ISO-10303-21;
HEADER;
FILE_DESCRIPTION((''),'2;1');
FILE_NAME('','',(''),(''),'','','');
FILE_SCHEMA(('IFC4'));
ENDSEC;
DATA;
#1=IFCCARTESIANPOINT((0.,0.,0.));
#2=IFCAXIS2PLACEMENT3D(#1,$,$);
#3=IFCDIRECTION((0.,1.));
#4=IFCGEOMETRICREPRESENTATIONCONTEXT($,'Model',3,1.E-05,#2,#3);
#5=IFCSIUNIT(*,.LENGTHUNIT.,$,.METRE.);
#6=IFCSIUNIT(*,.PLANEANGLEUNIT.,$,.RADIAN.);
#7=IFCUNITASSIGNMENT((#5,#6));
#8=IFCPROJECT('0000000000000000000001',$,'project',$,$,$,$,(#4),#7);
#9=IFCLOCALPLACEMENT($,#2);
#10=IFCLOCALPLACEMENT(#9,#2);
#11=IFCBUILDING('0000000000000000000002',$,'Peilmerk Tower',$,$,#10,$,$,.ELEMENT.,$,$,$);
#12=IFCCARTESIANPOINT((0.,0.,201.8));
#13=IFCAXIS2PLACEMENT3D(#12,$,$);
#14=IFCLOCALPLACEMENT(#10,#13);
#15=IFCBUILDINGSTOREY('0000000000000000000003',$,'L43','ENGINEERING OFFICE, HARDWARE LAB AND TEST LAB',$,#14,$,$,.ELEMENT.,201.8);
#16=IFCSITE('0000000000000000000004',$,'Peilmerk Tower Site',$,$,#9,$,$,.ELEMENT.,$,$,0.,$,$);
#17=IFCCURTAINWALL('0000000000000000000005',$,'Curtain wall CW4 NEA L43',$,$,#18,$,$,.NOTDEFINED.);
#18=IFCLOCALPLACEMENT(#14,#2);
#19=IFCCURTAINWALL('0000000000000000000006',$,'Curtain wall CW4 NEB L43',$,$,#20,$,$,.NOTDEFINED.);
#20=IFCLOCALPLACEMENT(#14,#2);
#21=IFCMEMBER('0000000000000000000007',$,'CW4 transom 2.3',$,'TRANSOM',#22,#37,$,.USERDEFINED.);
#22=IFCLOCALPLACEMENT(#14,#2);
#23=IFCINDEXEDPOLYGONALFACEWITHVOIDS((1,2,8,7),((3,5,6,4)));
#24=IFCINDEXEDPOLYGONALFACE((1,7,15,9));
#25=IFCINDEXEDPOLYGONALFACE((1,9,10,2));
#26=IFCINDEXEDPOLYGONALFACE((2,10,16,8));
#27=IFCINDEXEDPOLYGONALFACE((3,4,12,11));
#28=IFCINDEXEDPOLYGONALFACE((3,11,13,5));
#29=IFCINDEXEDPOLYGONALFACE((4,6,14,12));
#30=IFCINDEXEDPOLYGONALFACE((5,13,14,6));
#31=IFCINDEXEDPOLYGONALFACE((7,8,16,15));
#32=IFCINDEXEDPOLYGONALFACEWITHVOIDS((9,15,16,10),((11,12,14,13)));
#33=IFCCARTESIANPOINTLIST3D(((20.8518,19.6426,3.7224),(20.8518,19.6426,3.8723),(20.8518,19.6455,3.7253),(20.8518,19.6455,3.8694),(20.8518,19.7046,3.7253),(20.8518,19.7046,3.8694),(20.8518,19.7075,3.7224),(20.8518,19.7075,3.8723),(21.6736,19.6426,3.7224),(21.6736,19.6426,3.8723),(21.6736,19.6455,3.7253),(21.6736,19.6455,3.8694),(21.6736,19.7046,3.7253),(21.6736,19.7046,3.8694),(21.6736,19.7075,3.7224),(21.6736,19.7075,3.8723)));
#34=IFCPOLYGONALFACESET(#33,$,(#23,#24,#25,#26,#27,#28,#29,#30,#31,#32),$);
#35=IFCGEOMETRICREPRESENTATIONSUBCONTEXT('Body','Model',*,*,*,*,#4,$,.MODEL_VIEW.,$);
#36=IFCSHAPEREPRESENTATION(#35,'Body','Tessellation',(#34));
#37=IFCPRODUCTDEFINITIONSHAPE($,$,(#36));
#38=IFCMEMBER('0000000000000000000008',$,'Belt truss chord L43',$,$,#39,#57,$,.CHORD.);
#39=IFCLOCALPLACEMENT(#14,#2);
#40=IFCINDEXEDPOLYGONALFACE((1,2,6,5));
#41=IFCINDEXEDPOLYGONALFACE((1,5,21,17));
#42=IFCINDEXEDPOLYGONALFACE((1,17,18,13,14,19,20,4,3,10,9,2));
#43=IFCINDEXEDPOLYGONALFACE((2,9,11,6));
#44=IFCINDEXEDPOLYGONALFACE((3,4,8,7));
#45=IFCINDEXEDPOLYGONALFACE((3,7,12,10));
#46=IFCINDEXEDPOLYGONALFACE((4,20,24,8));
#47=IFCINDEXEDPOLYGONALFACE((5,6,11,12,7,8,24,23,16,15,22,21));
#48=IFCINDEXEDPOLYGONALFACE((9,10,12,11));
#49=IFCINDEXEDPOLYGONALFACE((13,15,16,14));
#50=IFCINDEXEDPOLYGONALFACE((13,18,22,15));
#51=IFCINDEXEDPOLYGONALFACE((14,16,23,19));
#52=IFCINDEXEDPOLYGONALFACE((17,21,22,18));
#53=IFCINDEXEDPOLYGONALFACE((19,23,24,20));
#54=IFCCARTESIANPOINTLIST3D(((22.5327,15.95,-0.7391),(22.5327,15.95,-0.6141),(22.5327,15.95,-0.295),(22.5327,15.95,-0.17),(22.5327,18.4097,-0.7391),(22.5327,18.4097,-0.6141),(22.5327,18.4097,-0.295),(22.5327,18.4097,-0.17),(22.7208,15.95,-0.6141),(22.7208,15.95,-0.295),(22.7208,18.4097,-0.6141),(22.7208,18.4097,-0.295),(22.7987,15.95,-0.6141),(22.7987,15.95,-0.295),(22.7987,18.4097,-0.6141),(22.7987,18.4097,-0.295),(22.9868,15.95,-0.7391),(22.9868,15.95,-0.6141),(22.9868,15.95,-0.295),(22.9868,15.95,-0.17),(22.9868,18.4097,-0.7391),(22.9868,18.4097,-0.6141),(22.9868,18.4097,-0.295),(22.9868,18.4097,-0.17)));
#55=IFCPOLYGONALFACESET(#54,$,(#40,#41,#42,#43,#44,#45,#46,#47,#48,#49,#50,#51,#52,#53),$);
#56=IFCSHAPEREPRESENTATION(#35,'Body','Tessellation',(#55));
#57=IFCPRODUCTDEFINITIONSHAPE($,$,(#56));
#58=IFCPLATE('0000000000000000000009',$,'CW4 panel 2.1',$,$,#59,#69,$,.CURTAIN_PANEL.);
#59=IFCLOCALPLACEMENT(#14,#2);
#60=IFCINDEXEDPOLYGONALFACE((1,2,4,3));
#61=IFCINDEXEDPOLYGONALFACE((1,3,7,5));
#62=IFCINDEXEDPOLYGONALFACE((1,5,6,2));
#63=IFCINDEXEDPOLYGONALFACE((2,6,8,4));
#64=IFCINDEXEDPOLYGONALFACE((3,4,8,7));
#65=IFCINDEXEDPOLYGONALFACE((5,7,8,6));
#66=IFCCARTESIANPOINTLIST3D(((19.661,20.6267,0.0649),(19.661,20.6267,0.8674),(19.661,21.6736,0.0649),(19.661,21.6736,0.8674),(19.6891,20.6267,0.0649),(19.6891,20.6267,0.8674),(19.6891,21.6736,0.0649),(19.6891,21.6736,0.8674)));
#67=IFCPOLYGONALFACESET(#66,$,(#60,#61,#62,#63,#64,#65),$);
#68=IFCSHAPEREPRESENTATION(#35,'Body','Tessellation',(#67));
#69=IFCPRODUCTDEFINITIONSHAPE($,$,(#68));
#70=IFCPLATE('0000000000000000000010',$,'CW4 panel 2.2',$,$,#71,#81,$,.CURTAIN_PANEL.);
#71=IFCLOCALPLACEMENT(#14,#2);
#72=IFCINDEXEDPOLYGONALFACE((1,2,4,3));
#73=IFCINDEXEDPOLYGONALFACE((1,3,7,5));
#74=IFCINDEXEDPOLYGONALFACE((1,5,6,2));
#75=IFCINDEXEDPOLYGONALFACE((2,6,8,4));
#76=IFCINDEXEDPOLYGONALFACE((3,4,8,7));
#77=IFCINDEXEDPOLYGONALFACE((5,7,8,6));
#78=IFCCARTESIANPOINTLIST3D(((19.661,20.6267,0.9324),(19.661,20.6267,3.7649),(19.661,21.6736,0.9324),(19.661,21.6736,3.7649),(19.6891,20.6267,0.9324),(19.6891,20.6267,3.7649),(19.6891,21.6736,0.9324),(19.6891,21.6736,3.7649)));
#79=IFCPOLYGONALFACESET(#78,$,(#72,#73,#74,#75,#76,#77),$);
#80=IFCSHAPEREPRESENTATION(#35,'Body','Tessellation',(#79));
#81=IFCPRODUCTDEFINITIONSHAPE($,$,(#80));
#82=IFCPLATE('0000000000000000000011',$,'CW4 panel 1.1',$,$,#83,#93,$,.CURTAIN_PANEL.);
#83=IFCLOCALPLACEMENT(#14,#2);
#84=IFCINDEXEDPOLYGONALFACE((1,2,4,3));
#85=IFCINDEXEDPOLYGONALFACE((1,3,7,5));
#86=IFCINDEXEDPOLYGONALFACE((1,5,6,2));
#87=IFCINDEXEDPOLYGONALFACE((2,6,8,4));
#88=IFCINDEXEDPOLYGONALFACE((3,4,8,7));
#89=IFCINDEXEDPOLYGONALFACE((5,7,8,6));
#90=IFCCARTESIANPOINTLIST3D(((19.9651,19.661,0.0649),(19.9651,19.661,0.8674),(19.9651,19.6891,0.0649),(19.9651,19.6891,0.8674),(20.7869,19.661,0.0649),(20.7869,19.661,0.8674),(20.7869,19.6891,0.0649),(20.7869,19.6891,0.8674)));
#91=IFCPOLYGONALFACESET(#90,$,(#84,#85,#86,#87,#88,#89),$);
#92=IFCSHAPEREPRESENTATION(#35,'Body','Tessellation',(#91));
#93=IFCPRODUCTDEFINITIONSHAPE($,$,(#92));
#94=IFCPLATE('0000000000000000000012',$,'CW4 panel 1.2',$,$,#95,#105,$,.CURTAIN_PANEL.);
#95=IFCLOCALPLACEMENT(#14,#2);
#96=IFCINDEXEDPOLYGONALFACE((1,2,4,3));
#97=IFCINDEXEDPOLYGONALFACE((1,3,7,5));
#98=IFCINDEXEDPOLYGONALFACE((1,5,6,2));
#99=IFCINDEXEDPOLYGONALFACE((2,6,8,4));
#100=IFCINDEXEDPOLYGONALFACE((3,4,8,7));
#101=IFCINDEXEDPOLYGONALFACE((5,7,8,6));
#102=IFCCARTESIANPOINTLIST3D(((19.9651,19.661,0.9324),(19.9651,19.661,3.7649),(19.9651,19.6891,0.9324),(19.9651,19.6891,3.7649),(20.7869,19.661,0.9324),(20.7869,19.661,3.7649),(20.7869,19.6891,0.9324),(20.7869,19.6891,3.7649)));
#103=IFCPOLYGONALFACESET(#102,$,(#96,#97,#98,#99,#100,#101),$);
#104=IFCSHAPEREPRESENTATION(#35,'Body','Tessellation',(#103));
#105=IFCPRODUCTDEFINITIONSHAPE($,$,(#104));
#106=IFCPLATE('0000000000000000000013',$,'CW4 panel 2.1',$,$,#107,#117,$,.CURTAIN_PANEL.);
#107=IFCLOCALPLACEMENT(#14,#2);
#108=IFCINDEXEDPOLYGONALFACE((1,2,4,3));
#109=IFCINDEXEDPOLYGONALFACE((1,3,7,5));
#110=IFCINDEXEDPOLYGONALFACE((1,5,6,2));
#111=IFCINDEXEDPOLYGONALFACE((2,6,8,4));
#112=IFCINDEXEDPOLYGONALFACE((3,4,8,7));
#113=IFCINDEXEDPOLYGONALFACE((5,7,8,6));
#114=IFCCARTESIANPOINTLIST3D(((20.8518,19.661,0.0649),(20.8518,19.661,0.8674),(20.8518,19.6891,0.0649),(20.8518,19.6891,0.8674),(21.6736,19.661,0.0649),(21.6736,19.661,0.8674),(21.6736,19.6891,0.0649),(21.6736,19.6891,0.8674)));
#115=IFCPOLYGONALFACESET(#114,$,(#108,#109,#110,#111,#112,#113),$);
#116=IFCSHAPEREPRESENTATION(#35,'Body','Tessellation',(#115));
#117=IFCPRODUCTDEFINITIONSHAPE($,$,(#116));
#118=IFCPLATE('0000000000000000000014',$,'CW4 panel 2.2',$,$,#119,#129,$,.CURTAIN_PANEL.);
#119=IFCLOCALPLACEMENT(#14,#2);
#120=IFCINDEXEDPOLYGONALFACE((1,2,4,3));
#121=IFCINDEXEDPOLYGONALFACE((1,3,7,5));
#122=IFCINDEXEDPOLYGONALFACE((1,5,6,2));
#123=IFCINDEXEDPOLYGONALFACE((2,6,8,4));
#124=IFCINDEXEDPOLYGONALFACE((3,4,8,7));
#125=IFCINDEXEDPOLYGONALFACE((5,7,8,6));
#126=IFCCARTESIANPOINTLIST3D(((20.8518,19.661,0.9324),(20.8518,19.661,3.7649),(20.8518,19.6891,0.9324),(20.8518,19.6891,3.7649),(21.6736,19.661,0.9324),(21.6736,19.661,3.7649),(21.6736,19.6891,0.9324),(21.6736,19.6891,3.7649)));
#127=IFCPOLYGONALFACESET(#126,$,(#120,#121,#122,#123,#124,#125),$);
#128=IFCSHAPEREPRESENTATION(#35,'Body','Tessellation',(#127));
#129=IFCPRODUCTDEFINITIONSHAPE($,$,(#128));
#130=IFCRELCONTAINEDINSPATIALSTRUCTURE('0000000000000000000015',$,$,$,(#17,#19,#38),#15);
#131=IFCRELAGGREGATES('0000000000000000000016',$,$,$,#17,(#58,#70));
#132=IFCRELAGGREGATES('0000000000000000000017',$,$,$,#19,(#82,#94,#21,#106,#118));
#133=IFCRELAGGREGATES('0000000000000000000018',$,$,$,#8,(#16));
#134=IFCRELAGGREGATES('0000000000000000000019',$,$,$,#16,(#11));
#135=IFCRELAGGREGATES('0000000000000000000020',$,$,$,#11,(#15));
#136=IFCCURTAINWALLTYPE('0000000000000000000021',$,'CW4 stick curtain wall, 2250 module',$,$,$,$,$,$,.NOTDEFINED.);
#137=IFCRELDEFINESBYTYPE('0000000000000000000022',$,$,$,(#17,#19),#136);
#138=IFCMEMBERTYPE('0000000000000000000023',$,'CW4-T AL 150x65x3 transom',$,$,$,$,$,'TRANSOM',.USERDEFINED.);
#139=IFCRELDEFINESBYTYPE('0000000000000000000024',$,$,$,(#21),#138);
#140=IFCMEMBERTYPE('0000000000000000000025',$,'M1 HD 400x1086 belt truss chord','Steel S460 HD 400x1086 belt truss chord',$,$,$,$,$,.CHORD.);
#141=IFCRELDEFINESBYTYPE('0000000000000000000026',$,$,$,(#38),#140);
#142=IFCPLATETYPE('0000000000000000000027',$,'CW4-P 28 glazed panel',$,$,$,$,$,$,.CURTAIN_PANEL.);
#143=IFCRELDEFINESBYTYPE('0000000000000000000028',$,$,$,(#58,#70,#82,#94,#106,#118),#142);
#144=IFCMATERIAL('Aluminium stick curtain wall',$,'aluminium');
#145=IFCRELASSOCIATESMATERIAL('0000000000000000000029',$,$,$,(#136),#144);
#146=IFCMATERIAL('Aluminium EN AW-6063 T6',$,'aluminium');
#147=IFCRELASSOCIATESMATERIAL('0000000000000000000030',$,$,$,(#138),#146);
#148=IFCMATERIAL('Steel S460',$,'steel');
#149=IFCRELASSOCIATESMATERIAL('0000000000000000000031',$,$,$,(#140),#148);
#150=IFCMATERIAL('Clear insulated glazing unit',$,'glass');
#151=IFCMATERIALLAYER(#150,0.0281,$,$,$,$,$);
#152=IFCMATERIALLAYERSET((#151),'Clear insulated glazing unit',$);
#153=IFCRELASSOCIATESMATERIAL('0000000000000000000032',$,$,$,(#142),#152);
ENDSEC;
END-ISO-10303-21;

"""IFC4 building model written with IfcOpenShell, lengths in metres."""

from ifc_helpers import new_model, si_unit, direction, frame, origin, origin_2d, place, context, subcontext, project, spatial, rectangle, hollow_rectangle, i_section, extrude, material, layer, layer_set, material_profile, profile_set, type_object, element, aggregate, save


model = new_model("IFC4")

# Units and contexts
model_context = context("Model", 3, precision=1e-05, world=origin(), true_north=direction((0.0, 1.0)))
body_context = subcontext(model_context, "Body", "Model", "MODEL_VIEW")
ifc_project = project(units=[si_unit("LENGTHUNIT", "METRE"), si_unit("PLANEANGLEUNIT", "RADIAN")], contexts=[model_context])

# Site, building, storey
site_placement = place(None, origin())
site = spatial("IfcSite", under=ifc_project, at=site_placement, Name="Peilmerk Tower Site", CompositionType="ELEMENT", RefElevation=0.0)
building_placement = place(site_placement, origin())
building = spatial("IfcBuilding", under=site, at=building_placement, Name="Peilmerk Tower", CompositionType="ELEMENT")
storey_placement = place(building_placement, frame((0.0, 0.0, 201.8)))
storey = spatial("IfcBuildingStorey", under=building, at=storey_placement, Name="L43", Description="ENGINEERING OFFICE, HARDWARE LAB AND TEST LAB", CompositionType="ELEMENT", Elevation=201.8)

# Curtain wall
ifc_material_1 = material(Name="Aluminium stick curtain wall", Category="aluminium")
curtain_wall_type = type_object("IfcCurtainWallType", Name="CW4 stick curtain wall, 2250 module", PredefinedType="NOTDEFINED", material=ifc_material_1)
curtain_wall_1_placement = place(storey_placement, origin())
curtain_wall_1 = element("IfcCurtainWall", 1, at=curtain_wall_1_placement, inside=storey, type_object=curtain_wall_type, Name="Curtain wall CW4 NEA L43", PredefinedType="NOTDEFINED")
ifc_material_2 = material(Name="Aluminium EN AW-6063 T6", Category="aluminium")

# Curtain wall
curtain_wall_2_placement = place(storey_placement, origin())
curtain_wall_2 = element("IfcCurtainWall", 2, at=curtain_wall_2_placement, inside=storey, type_object=curtain_wall_type, Name="Curtain wall CW4 NEB L43", PredefinedType="NOTDEFINED")

# Members
ifc_material_profile_1 = material_profile(ifc_material_2, hollow_rectangle(XDim=0.0649, YDim=0.1499, WallThickness=0.0029, at=origin_2d()), Name="AL 150x65x3")
ifc_profile_set_1 = profile_set([ifc_material_profile_1], Name="Aluminium EN AW-6063 T6")
member_type_1 = type_object("IfcMemberType", Name="CW4-T AL 150x65x3 transom", ElementType="TRANSOM", PredefinedType="USERDEFINED", material=ifc_profile_set_1)
member_1_placement = place(storey_placement, frame((20.8518, 19.675, 3.7974), z_axis=(1.0, 0.0, 0.0), x_axis=(0.0, 1.0, 0.0)))
member_1 = element("IfcMember", 3, at=member_1_placement, type_object=member_type_1, Name="CW4 transom 2.3", ObjectType="TRANSOM", PredefinedType="USERDEFINED", context=body_context, shape_type="SweptSolid", body=[
    extrude(hollow_rectangle(XDim=0.0649, YDim=0.1499, WallThickness=0.0029, at=origin_2d()), origin(), (0.0, 0.0, 1.0), 0.8218),
])
ifc_material_3 = material(Name="Steel S460", Category="steel")
ifc_material_profile_2 = material_profile(ifc_material_3, i_section(OverallWidth=0.4541, OverallDepth=0.5691, WebThickness=0.0779, FlangeThickness=0.125, at=origin_2d()), Name="HD 400x1086")
ifc_profile_set_2 = profile_set([ifc_material_profile_2], Name="Steel S460")
member_type_2 = type_object("IfcMemberType", Name="M1 HD 400x1086 belt truss chord", Description="Steel S460 HD 400x1086 belt truss chord", PredefinedType="CHORD", material=ifc_profile_set_2)
member_2_placement = place(storey_placement, frame((22.7598, 15.95, -0.4546), z_axis=(0.0, 1.0, 0.0), x_axis=(-1.0, 0.0, 0.0)))
element("IfcMember", 4, at=member_2_placement, inside=storey, type_object=member_type_2, Name="Belt truss chord L43", PredefinedType="CHORD", context=body_context, shape_type="SweptSolid", body=[
    extrude(i_section(OverallWidth=0.4541, OverallDepth=0.5691, WebThickness=0.0779, FlangeThickness=0.125, at=origin_2d()), origin(), (0.0, 0.0, 1.0), 2.4597),
])

# Plates
ifc_material_4 = material(Name="Clear insulated glazing unit", Category="glass")
ifc_layer_1 = layer(ifc_material_4, 0.0281)
ifc_layer_set_1 = layer_set([ifc_layer_1], Name="Clear insulated glazing unit")
plate_type = type_object("IfcPlateType", Name="CW4-P 28 glazed panel", PredefinedType="CURTAIN_PANEL", material=ifc_layer_set_1)
plate_1_placement = place(storey_placement, frame((19.675, 21.1501, 0.0649), z_axis=(0.0, 0.0, 1.0), x_axis=(0.0, 1.0, 0.0)))
plate_1 = element("IfcPlate", 5, at=plate_1_placement, type_object=plate_type, Name="CW4 panel 2.1", PredefinedType="CURTAIN_PANEL", context=body_context, shape_type="SweptSolid", body=[
    extrude(rectangle(XDim=1.0469, YDim=0.0281, at=origin_2d()), origin(), (0.0, 0.0, 1.0), 0.8025),
])
plate_2_placement = place(storey_placement, frame((19.675, 21.1501, 0.9324), z_axis=(0.0, 0.0, 1.0), x_axis=(0.0, 1.0, 0.0)))
plate_2 = element("IfcPlate", 6, at=plate_2_placement, type_object=plate_type, Name="CW4 panel 2.2", PredefinedType="CURTAIN_PANEL", context=body_context, shape_type="SweptSolid", body=[
    extrude(rectangle(XDim=1.0469, YDim=0.0281, at=origin_2d()), origin(), (0.0, 0.0, 1.0), 2.8325),
])
aggregate(curtain_wall_1, [plate_1, plate_2])
plate_3_placement = place(storey_placement, frame((20.376, 19.675, 0.0649), z_axis=(0.0, 0.0, 1.0), x_axis=(1.0, 0.0, 0.0)))
plate_3 = element("IfcPlate", 7, at=plate_3_placement, type_object=plate_type, Name="CW4 panel 1.1", PredefinedType="CURTAIN_PANEL", context=body_context, shape_type="SweptSolid", body=[
    extrude(rectangle(XDim=0.8218, YDim=0.0281, at=origin_2d()), origin(), (0.0, 0.0, 1.0), 0.8025),
])
plate_4_placement = place(storey_placement, frame((20.376, 19.675, 0.9324), z_axis=(0.0, 0.0, 1.0), x_axis=(1.0, 0.0, 0.0)))
plate_4 = element("IfcPlate", 8, at=plate_4_placement, type_object=plate_type, Name="CW4 panel 1.2", PredefinedType="CURTAIN_PANEL", context=body_context, shape_type="SweptSolid", body=[
    extrude(rectangle(XDim=0.8218, YDim=0.0281, at=origin_2d()), origin(), (0.0, 0.0, 1.0), 2.8325),
])
plate_5_placement = place(storey_placement, frame((21.2627, 19.675, 0.0649), z_axis=(0.0, 0.0, 1.0), x_axis=(1.0, 0.0, 0.0)))
plate_5 = element("IfcPlate", 9, at=plate_5_placement, type_object=plate_type, Name="CW4 panel 2.1", PredefinedType="CURTAIN_PANEL", context=body_context, shape_type="SweptSolid", body=[
    extrude(rectangle(XDim=0.8218, YDim=0.0281, at=origin_2d()), origin(), (0.0, 0.0, 1.0), 0.8025),
])
plate_6_placement = place(storey_placement, frame((21.2627, 19.675, 0.9324), z_axis=(0.0, 0.0, 1.0), x_axis=(1.0, 0.0, 0.0)))
plate_6 = element("IfcPlate", 10, at=plate_6_placement, type_object=plate_type, Name="CW4 panel 2.2", PredefinedType="CURTAIN_PANEL", context=body_context, shape_type="SweptSolid", body=[
    extrude(rectangle(XDim=0.8218, YDim=0.0281, at=origin_2d()), origin(), (0.0, 0.0, 1.0), 2.8325),
])
aggregate(curtain_wall_2, [plate_3, plate_4, member_1, plate_5, plate_6])

save(model, "model.ifc")
